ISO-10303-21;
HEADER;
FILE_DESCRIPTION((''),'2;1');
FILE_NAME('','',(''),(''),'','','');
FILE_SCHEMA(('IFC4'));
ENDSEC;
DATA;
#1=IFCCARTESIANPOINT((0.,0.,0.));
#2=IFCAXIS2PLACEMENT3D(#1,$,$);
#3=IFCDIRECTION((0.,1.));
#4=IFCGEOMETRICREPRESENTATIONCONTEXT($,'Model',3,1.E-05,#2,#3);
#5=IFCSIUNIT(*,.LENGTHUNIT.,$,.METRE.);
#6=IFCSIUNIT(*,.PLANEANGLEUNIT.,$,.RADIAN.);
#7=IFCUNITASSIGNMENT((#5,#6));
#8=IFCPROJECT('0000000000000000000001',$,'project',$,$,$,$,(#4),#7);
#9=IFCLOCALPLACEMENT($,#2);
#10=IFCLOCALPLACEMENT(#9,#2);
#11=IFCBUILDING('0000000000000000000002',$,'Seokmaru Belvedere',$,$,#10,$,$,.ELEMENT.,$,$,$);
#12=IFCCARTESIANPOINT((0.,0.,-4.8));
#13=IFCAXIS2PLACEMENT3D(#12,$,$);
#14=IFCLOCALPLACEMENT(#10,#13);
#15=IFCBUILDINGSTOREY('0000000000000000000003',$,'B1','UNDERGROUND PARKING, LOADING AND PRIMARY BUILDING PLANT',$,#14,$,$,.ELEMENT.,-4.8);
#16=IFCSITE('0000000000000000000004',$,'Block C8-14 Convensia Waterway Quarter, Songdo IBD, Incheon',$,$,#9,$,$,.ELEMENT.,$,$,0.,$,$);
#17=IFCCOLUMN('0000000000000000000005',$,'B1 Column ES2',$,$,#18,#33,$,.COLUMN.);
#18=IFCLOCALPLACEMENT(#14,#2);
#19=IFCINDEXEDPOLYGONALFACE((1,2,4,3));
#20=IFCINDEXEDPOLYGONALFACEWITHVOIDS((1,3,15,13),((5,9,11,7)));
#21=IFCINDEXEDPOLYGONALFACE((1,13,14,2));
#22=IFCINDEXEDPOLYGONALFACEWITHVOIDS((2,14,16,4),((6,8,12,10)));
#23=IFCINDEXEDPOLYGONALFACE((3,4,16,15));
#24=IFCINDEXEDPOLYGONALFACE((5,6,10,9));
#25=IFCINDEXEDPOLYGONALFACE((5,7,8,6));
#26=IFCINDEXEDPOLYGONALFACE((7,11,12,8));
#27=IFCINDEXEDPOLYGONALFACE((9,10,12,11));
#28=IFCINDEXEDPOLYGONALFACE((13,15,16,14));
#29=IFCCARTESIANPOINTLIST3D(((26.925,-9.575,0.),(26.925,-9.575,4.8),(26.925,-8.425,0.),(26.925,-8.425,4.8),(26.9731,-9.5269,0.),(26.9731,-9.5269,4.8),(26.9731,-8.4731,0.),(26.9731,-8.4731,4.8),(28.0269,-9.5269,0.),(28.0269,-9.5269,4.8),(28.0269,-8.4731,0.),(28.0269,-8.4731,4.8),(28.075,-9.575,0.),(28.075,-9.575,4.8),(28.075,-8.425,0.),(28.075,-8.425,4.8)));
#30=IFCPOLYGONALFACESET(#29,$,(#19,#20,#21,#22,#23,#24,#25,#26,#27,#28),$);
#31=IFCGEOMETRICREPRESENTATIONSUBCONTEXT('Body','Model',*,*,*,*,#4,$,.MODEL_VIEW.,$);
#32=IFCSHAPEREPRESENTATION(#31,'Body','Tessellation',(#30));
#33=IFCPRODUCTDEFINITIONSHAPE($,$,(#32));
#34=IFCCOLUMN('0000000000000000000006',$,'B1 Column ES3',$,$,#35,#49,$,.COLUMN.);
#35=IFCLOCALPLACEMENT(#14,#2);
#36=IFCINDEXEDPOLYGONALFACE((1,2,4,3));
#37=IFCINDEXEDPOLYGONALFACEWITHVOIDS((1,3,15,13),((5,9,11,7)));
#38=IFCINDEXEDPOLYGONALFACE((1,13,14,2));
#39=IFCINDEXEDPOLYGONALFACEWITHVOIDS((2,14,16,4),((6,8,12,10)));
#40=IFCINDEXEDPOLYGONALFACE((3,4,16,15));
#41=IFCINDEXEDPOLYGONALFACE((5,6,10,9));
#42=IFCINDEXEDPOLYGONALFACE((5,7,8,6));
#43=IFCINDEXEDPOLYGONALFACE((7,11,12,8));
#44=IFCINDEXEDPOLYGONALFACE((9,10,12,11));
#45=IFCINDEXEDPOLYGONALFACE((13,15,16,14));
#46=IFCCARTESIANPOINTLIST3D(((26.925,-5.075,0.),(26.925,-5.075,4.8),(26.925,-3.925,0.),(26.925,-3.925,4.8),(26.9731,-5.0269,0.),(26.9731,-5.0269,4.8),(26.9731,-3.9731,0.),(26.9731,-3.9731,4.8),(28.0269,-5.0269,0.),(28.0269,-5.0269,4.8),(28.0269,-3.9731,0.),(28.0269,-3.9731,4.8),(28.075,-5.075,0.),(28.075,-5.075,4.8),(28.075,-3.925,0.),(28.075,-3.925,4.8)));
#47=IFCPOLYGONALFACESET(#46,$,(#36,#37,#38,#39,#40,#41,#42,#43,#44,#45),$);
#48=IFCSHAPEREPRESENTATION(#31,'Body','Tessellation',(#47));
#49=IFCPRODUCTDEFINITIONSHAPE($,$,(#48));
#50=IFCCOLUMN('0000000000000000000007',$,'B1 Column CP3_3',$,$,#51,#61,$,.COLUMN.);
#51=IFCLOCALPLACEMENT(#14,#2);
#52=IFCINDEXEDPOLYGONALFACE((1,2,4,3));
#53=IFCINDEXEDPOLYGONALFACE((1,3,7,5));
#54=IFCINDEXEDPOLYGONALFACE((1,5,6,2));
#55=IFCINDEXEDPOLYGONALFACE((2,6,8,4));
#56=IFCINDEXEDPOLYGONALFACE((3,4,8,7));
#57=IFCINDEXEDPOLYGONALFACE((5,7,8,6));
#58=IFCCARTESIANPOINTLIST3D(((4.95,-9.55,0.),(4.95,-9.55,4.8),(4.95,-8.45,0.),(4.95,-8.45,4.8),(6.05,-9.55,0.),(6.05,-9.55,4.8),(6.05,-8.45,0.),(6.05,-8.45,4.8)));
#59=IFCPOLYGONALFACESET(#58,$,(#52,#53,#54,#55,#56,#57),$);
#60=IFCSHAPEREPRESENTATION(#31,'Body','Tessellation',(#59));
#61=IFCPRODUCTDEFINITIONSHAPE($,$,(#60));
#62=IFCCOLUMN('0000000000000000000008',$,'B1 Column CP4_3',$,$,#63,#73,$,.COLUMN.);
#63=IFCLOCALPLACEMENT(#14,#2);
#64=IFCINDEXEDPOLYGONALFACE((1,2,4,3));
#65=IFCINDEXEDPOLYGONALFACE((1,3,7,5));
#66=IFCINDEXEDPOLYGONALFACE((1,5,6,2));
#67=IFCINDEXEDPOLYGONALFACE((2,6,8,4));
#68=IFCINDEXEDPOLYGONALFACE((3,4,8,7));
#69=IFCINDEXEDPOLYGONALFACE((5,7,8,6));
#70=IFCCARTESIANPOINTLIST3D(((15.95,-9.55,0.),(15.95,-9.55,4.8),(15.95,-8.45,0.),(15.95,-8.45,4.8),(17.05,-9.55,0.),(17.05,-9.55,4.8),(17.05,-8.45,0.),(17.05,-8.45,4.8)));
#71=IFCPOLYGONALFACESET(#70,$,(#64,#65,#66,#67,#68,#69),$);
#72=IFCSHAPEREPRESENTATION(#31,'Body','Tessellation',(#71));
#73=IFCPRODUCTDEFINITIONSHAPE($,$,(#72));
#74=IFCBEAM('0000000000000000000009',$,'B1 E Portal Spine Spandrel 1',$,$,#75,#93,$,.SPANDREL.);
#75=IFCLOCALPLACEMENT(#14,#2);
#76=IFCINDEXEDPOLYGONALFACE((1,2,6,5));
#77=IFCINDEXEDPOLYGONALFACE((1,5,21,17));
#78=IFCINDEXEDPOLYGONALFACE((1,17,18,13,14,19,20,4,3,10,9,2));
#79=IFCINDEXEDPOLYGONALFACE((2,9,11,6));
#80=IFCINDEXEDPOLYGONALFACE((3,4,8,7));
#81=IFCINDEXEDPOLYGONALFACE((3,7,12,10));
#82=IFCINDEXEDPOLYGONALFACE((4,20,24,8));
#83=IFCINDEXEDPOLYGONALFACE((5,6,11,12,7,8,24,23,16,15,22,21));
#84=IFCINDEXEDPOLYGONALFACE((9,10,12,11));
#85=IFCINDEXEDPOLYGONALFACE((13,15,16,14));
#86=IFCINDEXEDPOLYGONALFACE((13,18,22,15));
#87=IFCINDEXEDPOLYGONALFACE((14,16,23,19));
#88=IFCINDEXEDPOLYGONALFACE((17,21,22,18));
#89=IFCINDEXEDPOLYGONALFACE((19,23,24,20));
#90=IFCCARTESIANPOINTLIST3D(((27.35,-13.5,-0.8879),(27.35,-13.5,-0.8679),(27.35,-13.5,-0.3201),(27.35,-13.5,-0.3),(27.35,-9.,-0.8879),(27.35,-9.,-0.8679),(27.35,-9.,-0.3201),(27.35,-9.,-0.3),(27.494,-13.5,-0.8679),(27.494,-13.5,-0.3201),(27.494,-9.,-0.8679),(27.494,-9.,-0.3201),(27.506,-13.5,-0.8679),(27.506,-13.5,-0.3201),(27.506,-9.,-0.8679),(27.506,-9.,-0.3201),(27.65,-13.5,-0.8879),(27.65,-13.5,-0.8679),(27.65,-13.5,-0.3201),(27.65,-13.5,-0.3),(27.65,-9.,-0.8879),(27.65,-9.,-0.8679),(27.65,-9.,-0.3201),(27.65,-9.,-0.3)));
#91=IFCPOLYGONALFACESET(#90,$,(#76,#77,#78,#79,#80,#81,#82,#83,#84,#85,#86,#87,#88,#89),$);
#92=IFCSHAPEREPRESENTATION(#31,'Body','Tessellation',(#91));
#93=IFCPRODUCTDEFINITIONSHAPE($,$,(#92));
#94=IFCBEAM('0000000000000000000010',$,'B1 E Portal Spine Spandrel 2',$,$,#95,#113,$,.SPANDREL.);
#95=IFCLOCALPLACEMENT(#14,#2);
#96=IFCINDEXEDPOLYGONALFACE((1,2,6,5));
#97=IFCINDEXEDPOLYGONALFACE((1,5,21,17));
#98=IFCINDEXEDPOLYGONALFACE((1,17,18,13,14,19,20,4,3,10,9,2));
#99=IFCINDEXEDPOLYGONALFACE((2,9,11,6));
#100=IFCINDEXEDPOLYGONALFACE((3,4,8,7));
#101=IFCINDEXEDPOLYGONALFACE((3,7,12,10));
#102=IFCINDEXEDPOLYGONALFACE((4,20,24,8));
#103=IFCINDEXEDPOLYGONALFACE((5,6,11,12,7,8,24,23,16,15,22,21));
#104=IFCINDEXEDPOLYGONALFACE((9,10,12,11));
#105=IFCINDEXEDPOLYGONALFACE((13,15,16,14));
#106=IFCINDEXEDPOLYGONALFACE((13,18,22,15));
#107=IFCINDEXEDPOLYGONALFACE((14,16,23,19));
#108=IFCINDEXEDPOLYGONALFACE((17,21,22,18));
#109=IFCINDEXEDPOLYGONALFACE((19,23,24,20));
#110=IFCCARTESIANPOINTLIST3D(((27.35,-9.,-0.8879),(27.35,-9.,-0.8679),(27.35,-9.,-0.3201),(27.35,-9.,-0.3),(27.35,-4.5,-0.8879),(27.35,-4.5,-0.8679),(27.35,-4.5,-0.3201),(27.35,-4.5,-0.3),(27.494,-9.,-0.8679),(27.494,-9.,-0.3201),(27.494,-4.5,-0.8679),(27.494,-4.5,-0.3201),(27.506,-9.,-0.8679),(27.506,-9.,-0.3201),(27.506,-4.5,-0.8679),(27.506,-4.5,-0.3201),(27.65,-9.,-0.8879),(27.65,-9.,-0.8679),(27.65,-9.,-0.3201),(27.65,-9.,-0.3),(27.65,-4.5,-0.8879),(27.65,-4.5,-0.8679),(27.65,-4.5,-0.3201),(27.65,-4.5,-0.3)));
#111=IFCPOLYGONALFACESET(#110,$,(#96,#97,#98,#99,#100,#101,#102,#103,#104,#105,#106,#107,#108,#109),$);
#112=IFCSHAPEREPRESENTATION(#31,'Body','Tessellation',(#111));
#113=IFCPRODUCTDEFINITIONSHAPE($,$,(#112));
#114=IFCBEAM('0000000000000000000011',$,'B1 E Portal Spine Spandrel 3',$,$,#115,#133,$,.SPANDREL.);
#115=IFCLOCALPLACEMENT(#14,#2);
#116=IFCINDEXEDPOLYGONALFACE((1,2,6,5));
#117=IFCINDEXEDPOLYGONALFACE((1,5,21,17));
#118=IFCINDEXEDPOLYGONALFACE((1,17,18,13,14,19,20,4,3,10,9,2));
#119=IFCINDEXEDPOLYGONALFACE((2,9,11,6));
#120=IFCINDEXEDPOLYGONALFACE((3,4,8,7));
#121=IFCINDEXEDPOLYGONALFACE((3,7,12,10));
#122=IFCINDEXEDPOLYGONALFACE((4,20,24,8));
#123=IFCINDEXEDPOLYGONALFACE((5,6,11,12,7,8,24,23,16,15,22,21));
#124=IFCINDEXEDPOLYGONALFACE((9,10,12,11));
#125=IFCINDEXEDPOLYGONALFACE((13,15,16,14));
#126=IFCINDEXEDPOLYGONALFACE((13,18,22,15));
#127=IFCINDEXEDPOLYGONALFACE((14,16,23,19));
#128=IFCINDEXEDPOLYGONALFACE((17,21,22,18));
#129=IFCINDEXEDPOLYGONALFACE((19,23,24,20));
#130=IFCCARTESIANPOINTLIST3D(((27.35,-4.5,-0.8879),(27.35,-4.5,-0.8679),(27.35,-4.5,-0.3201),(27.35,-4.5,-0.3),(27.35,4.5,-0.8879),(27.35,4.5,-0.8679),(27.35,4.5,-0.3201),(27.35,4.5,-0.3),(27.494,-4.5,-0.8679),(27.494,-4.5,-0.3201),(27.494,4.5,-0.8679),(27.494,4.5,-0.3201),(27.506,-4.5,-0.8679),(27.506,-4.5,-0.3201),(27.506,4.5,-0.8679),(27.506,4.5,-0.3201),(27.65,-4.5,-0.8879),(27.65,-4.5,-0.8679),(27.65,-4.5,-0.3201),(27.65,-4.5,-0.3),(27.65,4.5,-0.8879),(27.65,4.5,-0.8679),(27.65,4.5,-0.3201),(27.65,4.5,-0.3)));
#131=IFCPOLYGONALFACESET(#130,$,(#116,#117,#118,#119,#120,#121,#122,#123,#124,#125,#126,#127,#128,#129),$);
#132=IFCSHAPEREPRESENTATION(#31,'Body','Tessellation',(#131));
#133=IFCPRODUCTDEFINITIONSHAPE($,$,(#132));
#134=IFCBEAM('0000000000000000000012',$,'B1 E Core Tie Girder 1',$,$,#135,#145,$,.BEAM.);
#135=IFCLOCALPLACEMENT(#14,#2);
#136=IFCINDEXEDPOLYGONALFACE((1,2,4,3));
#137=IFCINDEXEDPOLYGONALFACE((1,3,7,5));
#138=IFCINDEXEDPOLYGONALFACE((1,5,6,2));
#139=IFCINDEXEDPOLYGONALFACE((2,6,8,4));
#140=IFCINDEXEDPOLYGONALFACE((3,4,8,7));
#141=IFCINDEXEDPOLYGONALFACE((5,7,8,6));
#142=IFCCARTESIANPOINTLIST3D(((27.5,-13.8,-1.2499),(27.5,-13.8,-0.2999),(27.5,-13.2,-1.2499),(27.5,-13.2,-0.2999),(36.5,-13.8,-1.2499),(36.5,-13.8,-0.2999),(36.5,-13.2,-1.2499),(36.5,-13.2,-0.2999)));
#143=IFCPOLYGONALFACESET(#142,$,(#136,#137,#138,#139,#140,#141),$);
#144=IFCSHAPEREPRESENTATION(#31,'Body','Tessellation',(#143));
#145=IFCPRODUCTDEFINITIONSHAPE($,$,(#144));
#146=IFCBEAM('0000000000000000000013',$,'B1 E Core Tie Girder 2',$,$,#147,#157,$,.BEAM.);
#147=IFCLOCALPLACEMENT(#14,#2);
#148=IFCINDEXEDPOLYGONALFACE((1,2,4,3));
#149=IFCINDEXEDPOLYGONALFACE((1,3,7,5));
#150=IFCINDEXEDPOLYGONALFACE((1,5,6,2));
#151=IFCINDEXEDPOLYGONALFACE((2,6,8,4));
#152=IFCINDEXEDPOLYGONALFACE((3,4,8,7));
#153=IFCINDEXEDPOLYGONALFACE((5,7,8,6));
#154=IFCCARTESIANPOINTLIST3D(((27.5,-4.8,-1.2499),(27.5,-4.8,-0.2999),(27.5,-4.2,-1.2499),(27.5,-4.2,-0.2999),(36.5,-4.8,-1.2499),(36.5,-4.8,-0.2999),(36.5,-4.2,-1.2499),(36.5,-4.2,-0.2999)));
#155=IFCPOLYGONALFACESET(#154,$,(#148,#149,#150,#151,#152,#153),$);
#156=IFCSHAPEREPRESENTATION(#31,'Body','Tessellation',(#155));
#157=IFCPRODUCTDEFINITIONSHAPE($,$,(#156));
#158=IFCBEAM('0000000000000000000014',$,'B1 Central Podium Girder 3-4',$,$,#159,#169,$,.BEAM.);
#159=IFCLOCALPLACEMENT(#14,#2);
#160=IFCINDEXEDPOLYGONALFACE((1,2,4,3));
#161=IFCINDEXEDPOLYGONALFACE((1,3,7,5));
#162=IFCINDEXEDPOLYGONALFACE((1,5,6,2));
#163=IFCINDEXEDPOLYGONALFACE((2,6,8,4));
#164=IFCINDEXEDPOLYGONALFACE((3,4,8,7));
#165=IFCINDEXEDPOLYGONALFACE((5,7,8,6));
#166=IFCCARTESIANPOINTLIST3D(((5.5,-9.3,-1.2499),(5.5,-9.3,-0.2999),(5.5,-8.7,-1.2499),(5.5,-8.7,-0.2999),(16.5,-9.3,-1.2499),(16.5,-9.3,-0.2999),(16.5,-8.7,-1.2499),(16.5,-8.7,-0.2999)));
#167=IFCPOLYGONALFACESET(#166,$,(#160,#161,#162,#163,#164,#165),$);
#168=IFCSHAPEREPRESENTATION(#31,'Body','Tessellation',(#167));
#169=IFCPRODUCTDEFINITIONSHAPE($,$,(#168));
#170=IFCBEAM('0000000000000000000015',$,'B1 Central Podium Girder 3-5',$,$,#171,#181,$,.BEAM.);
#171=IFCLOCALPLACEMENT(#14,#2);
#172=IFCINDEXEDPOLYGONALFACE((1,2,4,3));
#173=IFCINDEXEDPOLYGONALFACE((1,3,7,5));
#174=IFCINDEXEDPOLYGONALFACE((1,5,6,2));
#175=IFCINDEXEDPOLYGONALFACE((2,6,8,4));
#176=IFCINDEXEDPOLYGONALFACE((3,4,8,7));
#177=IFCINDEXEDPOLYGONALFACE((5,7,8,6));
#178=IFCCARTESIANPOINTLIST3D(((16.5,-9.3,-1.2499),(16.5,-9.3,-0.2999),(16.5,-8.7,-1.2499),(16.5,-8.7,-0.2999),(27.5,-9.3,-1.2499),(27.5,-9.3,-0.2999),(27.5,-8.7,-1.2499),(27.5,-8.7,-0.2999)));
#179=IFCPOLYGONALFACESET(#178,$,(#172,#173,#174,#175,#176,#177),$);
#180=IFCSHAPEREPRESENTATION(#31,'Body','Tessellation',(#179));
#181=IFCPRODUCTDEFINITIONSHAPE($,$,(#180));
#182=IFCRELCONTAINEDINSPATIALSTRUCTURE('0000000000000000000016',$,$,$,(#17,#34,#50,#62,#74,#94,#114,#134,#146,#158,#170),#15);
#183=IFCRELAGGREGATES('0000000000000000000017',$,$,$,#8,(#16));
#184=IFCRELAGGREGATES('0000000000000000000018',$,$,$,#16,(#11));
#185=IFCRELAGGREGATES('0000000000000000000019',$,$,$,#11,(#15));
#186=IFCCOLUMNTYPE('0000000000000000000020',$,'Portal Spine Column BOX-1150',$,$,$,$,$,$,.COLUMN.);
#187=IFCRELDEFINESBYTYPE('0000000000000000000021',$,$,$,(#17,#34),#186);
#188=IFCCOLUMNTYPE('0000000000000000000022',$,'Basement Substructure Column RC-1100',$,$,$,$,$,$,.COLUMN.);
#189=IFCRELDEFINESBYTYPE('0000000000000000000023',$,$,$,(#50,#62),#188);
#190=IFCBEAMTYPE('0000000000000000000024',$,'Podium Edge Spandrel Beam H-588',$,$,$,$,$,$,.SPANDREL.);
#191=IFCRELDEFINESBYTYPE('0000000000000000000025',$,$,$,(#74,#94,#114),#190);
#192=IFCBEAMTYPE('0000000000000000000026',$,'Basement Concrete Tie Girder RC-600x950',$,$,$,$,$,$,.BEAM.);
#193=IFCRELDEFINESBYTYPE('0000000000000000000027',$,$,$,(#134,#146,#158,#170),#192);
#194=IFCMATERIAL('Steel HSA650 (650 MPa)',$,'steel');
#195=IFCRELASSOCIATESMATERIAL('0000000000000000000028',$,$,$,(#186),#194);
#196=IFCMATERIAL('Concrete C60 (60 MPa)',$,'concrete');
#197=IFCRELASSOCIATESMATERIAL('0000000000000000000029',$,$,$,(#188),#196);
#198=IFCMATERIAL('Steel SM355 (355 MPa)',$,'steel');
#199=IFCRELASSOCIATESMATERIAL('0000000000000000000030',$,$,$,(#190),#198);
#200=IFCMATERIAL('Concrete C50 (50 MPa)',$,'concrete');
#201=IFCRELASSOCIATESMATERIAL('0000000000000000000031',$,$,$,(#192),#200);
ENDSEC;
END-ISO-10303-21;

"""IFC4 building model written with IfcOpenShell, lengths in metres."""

from ifc_helpers import new_model, si_unit, direction, frame, origin, origin_2d, place, context, subcontext, project, spatial, rectangle, hollow_rectangle, i_section, extrude, source, transform, mapped, material, material_profile, profile_set, type_object, type_shapes, element, save


model = new_model("IFC4")

# Units and contexts
model_context = context("Model", 3, precision=1e-05, world=origin(), true_north=direction((0.0, 1.0)))
body_context = subcontext(model_context, "Body", "Model", "MODEL_VIEW")
ifc_project = project(units=[si_unit("LENGTHUNIT", "METRE"), si_unit("PLANEANGLEUNIT", "RADIAN")], contexts=[model_context])

# Site, building, storey
site_placement = place(None, origin())
site = spatial("IfcSite", under=ifc_project, at=site_placement, Name="Block C8-14 Convensia Waterway Quarter, Songdo IBD, Incheon", CompositionType="ELEMENT", RefElevation=0.0)
building_placement = place(site_placement, origin())
building = spatial("IfcBuilding", under=site, at=building_placement, Name="Seokmaru Belvedere", CompositionType="ELEMENT")
storey_placement = place(building_placement, frame((0.0, 0.0, -4.8)))
storey = spatial("IfcBuildingStorey", under=building, at=storey_placement, Name="B1", Description="UNDERGROUND PARKING, LOADING AND PRIMARY BUILDING PLANT", CompositionType="ELEMENT", Elevation=-4.8)

# Columns
ifc_material_1 = material(Name="Steel HSA650 (650 MPa)", Category="steel")
ifc_material_profile_1 = material_profile(ifc_material_1, hollow_rectangle(XDim=1.1499, YDim=1.1499, WallThickness=0.0481, at=origin_2d()), Name="BOX-1150x1150x48")
ifc_profile_set_1 = profile_set([ifc_material_profile_1], Name="Steel HSA650 (650 MPa)")
column_type_1 = type_object("IfcColumnType", Name="Portal Spine Column BOX-1150", PredefinedType="COLUMN", material=ifc_profile_set_1)
shared_shape_1 = source(origin(), body_context, "Body", "SweptSolid", [
    extrude(hollow_rectangle(XDim=1.1499, YDim=1.1499, WallThickness=0.0481, at=origin_2d()), origin(), (0.0, 0.0, 1.0), 4.8),
])
type_shapes(column_type_1, [shared_shape_1])
for number, where, z_axis, x_axis, name in (
    (1, (27.5, -9.0, 0.0), (0.0, 0.0, 1.0), (1.0, 0.0, 0.0), "B1 Column ES2"),
    (2, (27.5, -4.5, 0.0), (0.0, 0.0, 1.0), (1.0, 0.0, 0.0), "B1 Column ES3"),
):
    element("IfcColumn", number, at=place(storey_placement, frame(where, z_axis=z_axis, x_axis=x_axis)), inside=storey, type_object=column_type_1, Name=name, PredefinedType="COLUMN", context=body_context, shape_type="MappedRepresentation", body=[
        mapped(shared_shape_1, transform((0.0, 0.0, 0.0), scale=1.0)),
    ])
ifc_material_2 = material(Name="Concrete C60 (60 MPa)", Category="concrete")
ifc_material_profile_2 = material_profile(ifc_material_2, rectangle(XDim=1.1001, YDim=1.1001, at=origin_2d()), Name="RC-1100x1100")
ifc_profile_set_2 = profile_set([ifc_material_profile_2], Name="Concrete C60 (60 MPa)")
column_type_2 = type_object("IfcColumnType", Name="Basement Substructure Column RC-1100", PredefinedType="COLUMN", material=ifc_profile_set_2)
shared_shape_2 = source(origin(), body_context, "Body", "SweptSolid", [
    extrude(rectangle(XDim=1.1001, YDim=1.1001, at=origin_2d()), origin(), (0.0, 0.0, 1.0), 4.8),
])
type_shapes(column_type_2, [shared_shape_2])
for number, where, z_axis, x_axis, name in (
    (3, (5.5, -9.0, 0.0), (0.0, 0.0, 1.0), (1.0, 0.0, 0.0), "B1 Column CP3_3"),
    (4, (16.5, -9.0, 0.0), (0.0, 0.0, 1.0), (1.0, 0.0, 0.0), "B1 Column CP4_3"),
):
    element("IfcColumn", number, at=place(storey_placement, frame(where, z_axis=z_axis, x_axis=x_axis)), inside=storey, type_object=column_type_2, Name=name, PredefinedType="COLUMN", context=body_context, shape_type="MappedRepresentation", body=[
        mapped(shared_shape_2, transform((0.0, 0.0, 0.0), scale=1.0)),
    ])

# Beams
ifc_material_3 = material(Name="Steel SM355 (355 MPa)", Category="steel")
ifc_material_profile_3 = material_profile(ifc_material_3, i_section(OverallWidth=0.3, OverallDepth=0.5879, WebThickness=0.012, FlangeThickness=0.02, at=origin_2d()), Name="H-588x300x12x20")
ifc_profile_set_3 = profile_set([ifc_material_profile_3], Name="Steel SM355 (355 MPa)")
beam_type_1 = type_object("IfcBeamType", Name="Podium Edge Spandrel Beam H-588", PredefinedType="SPANDREL", material=ifc_profile_set_3)
shared_shape_3 = source(origin(), body_context, "Body", "SweptSolid", [
    extrude(i_section(OverallWidth=0.3, OverallDepth=0.5879, WebThickness=0.012, FlangeThickness=0.02, at=origin_2d()), origin(), (0.0, 0.0, 1.0), 4.5),
])
for number, where, z_axis, x_axis, name in (
    (5, (27.5, -13.5, -0.594), (0.0, 1.0, 0.0), (-1.0, 0.0, 0.0), "B1 E Portal Spine Spandrel 1"),
    (6, (27.5, -9.0, -0.594), (0.0, 1.0, 0.0), (-1.0, 0.0, 0.0), "B1 E Portal Spine Spandrel 2"),
):
    element("IfcBeam", number, at=place(storey_placement, frame(where, z_axis=z_axis, x_axis=x_axis)), inside=storey, type_object=beam_type_1, Name=name, PredefinedType="SPANDREL", context=body_context, shape_type="MappedRepresentation", body=[
        mapped(shared_shape_3, transform((0.0, 0.0, 0.0), scale=1.0)),
    ])
shared_shape_4 = source(origin(), body_context, "Body", "SweptSolid", [
    extrude(i_section(OverallWidth=0.3, OverallDepth=0.5879, WebThickness=0.012, FlangeThickness=0.02, at=origin_2d()), origin(), (0.0, 0.0, 1.0), 9.0),
])
type_shapes(beam_type_1, [shared_shape_3, shared_shape_4])
beam_placement = place(storey_placement, frame((27.5, -4.5, -0.594), z_axis=(0.0, 1.0, 0.0), x_axis=(-1.0, 0.0, 0.0)))
element("IfcBeam", 7, at=beam_placement, inside=storey, type_object=beam_type_1, Name="B1 E Portal Spine Spandrel 3", PredefinedType="SPANDREL", context=body_context, shape_type="MappedRepresentation", body=[
    mapped(shared_shape_4, transform((0.0, 0.0, 0.0), scale=1.0)),
])
ifc_material_4 = material(Name="Concrete C50 (50 MPa)", Category="concrete")
ifc_material_profile_4 = material_profile(ifc_material_4, rectangle(XDim=0.6001, YDim=0.95, at=origin_2d()), Name="RC-600x950")
ifc_profile_set_4 = profile_set([ifc_material_profile_4], Name="Concrete C50 (50 MPa)")
beam_type_2 = type_object("IfcBeamType", Name="Basement Concrete Tie Girder RC-600x950", PredefinedType="BEAM", material=ifc_profile_set_4)
shared_shape_5 = source(origin(), body_context, "Body", "SweptSolid", [
    extrude(rectangle(XDim=0.6001, YDim=0.95, at=origin_2d()), origin(), (0.0, 0.0, 1.0), 9.0),
])
for number, where, z_axis, x_axis, name in (
    (8, (27.5, -13.5, -0.7749), (1.0, 0.0, 0.0), (0.0, 1.0, 0.0), "B1 E Core Tie Girder 1"),
    (9, (27.5, -4.5, -0.7749), (1.0, 0.0, 0.0), (0.0, 1.0, 0.0), "B1 E Core Tie Girder 2"),
):
    element("IfcBeam", number, at=place(storey_placement, frame(where, z_axis=z_axis, x_axis=x_axis)), inside=storey, type_object=beam_type_2, Name=name, PredefinedType="BEAM", context=body_context, shape_type="MappedRepresentation", body=[
        mapped(shared_shape_5, transform((0.0, 0.0, 0.0), scale=1.0)),
    ])
shared_shape_6 = source(origin(), body_context, "Body", "SweptSolid", [
    extrude(rectangle(XDim=0.6001, YDim=0.95, at=origin_2d()), origin(), (0.0, 0.0, 1.0), 11.0),
])
for number, where, z_axis, x_axis, name in (
    (10, (5.5, -9.0, -0.7749), (1.0, 0.0, 0.0), (0.0, 1.0, 0.0), "B1 Central Podium Girder 3-4"),
    (11, (16.5, -9.0, -0.7749), (1.0, 0.0, 0.0), (0.0, 1.0, 0.0), "B1 Central Podium Girder 3-5"),
):
    element("IfcBeam", number, at=place(storey_placement, frame(where, z_axis=z_axis, x_axis=x_axis)), inside=storey, type_object=beam_type_2, Name=name, PredefinedType="BEAM", context=body_context, shape_type="MappedRepresentation", body=[
        mapped(shared_shape_6, transform((0.0, 0.0, 0.0), scale=1.0)),
    ])

save(model, "model.ifc")
